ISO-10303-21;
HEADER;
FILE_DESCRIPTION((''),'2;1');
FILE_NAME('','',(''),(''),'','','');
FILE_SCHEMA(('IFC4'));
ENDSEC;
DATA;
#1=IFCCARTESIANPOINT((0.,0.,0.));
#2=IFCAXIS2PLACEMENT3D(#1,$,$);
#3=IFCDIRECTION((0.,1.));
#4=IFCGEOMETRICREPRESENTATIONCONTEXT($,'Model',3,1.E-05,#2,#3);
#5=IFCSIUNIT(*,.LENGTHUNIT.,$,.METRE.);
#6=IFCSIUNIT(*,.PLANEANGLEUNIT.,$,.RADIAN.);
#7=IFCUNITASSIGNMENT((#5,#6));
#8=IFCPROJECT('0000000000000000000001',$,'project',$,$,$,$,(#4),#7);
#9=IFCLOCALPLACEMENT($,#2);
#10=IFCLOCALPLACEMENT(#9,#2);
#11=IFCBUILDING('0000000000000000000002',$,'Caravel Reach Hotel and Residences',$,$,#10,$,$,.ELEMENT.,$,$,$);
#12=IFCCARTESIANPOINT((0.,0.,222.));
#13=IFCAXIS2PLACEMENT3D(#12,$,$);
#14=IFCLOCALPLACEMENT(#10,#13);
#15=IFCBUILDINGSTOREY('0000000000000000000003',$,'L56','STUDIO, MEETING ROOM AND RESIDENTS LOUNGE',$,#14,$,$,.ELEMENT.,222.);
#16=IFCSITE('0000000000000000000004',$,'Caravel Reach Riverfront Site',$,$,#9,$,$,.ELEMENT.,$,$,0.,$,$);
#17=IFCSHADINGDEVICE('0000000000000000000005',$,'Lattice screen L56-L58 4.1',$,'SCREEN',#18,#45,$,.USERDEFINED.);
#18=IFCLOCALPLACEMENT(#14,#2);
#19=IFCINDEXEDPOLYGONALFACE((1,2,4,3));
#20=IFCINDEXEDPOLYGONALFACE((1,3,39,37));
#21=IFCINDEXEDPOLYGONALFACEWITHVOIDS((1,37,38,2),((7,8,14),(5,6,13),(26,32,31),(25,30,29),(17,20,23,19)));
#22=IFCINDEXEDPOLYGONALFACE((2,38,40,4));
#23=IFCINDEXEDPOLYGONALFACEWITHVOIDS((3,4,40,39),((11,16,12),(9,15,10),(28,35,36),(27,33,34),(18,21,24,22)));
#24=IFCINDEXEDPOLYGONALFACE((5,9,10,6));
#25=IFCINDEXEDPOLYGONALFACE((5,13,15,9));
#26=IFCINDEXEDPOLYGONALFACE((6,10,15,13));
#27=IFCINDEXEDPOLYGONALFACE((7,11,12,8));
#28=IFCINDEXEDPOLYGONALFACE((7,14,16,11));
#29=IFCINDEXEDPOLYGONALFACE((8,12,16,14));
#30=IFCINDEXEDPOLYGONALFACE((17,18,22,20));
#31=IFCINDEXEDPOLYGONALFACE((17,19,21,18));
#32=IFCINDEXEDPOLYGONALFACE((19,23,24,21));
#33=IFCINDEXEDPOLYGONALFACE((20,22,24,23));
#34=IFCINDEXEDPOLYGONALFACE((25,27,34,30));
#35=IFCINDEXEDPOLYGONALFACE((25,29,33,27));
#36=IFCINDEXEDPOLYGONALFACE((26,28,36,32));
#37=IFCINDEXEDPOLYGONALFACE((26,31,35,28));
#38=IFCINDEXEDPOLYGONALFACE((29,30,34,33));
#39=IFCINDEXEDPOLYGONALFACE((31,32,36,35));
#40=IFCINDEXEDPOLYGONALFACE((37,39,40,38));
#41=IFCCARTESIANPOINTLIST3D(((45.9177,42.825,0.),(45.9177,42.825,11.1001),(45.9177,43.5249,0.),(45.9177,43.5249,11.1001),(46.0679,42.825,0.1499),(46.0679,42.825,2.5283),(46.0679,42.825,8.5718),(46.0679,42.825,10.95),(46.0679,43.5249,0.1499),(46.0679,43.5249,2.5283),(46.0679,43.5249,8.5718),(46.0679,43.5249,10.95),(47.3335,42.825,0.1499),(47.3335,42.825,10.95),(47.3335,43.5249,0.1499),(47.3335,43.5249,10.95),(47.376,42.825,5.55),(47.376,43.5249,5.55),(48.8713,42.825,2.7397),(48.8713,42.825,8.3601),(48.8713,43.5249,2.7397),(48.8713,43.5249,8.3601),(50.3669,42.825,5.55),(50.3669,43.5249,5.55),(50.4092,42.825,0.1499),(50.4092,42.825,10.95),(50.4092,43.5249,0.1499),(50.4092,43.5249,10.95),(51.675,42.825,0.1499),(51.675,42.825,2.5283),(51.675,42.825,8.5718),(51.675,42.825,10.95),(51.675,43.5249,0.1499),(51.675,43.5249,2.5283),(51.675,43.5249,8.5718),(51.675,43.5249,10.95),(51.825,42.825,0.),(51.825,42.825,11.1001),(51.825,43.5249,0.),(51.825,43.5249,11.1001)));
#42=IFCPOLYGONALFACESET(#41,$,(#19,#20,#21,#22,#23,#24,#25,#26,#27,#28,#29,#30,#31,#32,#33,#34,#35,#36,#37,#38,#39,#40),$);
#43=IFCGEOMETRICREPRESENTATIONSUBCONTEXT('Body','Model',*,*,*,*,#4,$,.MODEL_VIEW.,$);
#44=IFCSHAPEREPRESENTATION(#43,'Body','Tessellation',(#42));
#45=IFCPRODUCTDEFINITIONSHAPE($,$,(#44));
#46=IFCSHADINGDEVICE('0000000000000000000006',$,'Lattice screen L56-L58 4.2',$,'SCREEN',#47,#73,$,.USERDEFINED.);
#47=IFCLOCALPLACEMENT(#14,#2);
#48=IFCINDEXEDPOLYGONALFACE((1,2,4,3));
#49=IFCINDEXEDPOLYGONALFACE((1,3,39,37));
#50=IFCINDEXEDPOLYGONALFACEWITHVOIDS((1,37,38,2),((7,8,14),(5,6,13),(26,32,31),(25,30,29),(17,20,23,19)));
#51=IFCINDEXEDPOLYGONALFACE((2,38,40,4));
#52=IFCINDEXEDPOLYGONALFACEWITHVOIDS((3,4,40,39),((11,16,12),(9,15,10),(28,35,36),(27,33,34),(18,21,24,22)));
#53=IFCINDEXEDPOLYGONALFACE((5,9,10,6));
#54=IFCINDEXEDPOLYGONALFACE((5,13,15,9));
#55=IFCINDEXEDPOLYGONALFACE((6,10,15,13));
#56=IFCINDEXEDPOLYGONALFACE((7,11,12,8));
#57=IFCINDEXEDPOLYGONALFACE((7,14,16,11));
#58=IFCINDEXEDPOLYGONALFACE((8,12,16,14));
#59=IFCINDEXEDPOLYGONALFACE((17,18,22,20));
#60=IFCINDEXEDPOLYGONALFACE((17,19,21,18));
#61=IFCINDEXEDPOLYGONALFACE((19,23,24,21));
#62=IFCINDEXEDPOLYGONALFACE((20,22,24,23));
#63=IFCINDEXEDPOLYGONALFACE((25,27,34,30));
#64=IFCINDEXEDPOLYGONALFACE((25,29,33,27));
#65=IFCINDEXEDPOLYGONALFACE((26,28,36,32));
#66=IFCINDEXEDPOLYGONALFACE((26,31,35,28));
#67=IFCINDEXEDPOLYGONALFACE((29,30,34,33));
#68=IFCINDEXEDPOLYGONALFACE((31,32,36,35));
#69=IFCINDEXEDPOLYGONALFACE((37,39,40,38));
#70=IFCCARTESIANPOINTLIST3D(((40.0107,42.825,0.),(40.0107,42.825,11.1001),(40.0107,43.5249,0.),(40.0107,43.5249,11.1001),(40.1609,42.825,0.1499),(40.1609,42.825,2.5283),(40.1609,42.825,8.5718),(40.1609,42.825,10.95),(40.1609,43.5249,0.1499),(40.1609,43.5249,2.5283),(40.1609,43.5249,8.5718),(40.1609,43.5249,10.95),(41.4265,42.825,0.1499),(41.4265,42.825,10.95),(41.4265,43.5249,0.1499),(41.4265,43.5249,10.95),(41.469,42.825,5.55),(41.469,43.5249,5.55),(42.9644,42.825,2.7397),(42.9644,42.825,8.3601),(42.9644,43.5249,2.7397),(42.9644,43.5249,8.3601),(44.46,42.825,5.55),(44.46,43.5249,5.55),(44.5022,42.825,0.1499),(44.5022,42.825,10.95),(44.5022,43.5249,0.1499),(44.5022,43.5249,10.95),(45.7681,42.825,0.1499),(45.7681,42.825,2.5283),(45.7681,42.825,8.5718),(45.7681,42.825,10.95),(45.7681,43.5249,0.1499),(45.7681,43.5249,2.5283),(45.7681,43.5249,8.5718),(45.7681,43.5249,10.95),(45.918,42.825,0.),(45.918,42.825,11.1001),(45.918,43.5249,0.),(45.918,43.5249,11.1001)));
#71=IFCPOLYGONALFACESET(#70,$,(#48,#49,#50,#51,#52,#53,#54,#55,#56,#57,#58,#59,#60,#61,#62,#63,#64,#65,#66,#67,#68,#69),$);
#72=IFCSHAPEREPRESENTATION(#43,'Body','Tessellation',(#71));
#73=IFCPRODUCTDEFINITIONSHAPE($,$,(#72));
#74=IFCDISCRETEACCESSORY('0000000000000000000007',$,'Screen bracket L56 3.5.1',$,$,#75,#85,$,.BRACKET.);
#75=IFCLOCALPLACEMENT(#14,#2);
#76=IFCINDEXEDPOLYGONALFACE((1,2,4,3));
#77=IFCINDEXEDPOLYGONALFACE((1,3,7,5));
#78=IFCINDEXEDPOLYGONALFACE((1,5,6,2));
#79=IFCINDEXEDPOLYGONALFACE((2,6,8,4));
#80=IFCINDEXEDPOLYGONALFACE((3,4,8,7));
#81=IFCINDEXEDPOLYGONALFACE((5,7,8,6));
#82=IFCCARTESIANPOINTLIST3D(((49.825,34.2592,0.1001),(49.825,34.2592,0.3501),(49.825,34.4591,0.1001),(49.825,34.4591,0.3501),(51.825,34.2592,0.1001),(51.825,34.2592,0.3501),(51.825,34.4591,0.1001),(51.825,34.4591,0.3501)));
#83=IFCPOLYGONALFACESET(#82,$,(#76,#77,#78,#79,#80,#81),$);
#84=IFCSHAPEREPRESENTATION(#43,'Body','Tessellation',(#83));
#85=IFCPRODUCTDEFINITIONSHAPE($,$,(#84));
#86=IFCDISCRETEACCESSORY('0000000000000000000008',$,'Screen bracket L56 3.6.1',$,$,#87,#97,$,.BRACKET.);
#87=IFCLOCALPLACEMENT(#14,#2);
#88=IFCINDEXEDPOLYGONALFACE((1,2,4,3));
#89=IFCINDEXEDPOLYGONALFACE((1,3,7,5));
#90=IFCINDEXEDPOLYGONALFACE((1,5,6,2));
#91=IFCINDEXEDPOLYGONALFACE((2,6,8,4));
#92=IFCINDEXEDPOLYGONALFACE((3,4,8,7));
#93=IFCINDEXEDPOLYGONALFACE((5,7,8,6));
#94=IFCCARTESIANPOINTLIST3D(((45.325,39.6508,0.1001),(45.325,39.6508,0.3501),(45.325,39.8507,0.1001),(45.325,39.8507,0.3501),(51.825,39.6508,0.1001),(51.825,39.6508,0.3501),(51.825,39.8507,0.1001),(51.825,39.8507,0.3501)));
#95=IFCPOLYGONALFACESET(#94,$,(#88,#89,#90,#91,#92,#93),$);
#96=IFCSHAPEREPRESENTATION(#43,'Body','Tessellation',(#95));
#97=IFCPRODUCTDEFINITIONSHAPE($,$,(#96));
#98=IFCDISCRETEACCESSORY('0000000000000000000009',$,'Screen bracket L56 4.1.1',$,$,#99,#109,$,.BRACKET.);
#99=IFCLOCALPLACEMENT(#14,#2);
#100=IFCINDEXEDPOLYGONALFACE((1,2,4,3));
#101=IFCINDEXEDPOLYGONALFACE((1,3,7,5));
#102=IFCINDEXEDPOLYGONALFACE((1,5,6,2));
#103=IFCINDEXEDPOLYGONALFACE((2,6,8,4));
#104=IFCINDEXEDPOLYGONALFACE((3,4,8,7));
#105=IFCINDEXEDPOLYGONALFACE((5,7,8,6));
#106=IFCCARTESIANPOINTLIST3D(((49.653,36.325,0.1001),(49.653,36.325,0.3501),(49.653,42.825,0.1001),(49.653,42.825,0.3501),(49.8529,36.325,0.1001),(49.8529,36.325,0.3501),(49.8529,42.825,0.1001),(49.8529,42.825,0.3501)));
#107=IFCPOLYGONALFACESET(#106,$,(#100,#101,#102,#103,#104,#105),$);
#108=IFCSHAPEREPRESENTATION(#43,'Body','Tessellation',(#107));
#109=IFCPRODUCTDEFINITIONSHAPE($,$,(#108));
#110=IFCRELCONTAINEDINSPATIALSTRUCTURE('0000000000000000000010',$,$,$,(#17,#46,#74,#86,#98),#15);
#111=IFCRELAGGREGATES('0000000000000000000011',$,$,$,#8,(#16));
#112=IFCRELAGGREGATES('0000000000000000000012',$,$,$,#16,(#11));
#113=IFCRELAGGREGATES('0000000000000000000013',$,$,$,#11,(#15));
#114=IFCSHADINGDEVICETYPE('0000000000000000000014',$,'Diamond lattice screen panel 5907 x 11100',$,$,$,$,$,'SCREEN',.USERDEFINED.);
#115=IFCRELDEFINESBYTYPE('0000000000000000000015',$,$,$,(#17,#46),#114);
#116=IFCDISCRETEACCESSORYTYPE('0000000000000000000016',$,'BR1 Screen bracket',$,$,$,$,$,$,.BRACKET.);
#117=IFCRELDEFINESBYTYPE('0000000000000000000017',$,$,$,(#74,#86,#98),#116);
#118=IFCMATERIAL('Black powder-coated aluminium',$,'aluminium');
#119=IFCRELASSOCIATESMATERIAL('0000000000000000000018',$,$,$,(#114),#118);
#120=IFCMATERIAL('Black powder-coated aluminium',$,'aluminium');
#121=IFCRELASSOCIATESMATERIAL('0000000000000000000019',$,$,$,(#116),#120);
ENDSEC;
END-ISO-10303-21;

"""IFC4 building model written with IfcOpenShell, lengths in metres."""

from ifc_helpers import new_model, si_unit, direction, frame, origin, origin_2d, place, context, subcontext, project, spatial, polyline, rectangle, outline, extrude, material, type_object, element, save


model = new_model("IFC4")

# Units and contexts
model_context = context("Model", 3, precision=1e-05, world=origin(), true_north=direction((0.0, 1.0)))
body_context = subcontext(model_context, "Body", "Model", "MODEL_VIEW")
ifc_project = project(units=[si_unit("LENGTHUNIT", "METRE"), si_unit("PLANEANGLEUNIT", "RADIAN")], contexts=[model_context])

# Site, building, storey
site_placement = place(None, origin())
site = spatial("IfcSite", under=ifc_project, at=site_placement, Name="Caravel Reach Riverfront Site", CompositionType="ELEMENT", RefElevation=0.0)
building_placement = place(site_placement, origin())
building = spatial("IfcBuilding", under=site, at=building_placement, Name="Caravel Reach Hotel and Residences", CompositionType="ELEMENT")
storey_placement = place(building_placement, frame((0.0, 0.0, 222.0)))
storey = spatial("IfcBuildingStorey", under=building, at=storey_placement, Name="L56", Description="STUDIO, MEETING ROOM AND RESIDENTS LOUNGE", CompositionType="ELEMENT", Elevation=222.0)

# Shading devices
ifc_material_1 = material(Name="Black powder-coated aluminium", Category="aluminium")
shading_device_type_1 = type_object("IfcShadingDeviceType", Name="Diamond lattice screen panel 5907 x 11100", ElementType="SCREEN", PredefinedType="USERDEFINED", material=ifc_material_1)
for number, where, z_axis, x_axis, name in (
    (1, (51.825, 42.825, 0.0), (0.0, 1.0, 0.0), (-1.0, 0.0, 0.0), "Lattice screen L56-L58 4.1"),
    (2, (45.918, 42.825, 0.0), (0.0, 1.0, 0.0), (-1.0, 0.0, 0.0), "Lattice screen L56-L58 4.2"),
):
    element("IfcShadingDevice", number, at=place(storey_placement, frame(where, z_axis=z_axis, x_axis=x_axis)), inside=storey, type_object=shading_device_type_1, Name=name, ObjectType="SCREEN", PredefinedType="USERDEFINED", context=body_context, shape_type="SweptSolid", body=[
        extrude(outline(polyline([(0.0, 0.0), (5.9072, 0.0), (5.9072, 11.1001), (0.0, 11.1001), (0.0, 0.0)]), holes=[polyline([(1.4158, 0.1499), (0.1499, 2.5283), (0.1499, 0.1499), (1.4158, 0.1499)]), polyline([(0.1499, 8.5718), (1.4158, 10.95), (0.1499, 10.95), (0.1499, 8.5718)]), polyline([(2.9536, 8.3601), (1.458, 5.55), (2.9536, 2.7397), (4.449, 5.55), (2.9536, 8.3601)]), polyline([(5.7571, 2.5283), (4.4915, 0.1499), (5.7571, 0.1499), (5.7571, 2.5283)]), polyline([(4.4915, 10.95), (5.7571, 8.5718), (5.7571, 10.95), (4.4915, 10.95)])]), origin(), (0.0, 0.0, 1.0), 0.7),
    ])

# Discrete accessories
ifc_material_2 = material(Name="Black powder-coated aluminium", Category="aluminium")
discrete_accessory_type = type_object("IfcDiscreteAccessoryType", Name="BR1 Screen bracket", PredefinedType="BRACKET", material=ifc_material_2)
discrete_accessory_placement = place(storey_placement, frame((50.825, 34.3591, 0.1001), z_axis=(0.0, 0.0, 1.0), x_axis=(1.0, 0.0, 0.0)))
element("IfcDiscreteAccessory", 3, at=discrete_accessory_placement, inside=storey, type_object=discrete_accessory_type, Name="Screen bracket L56 3.5.1", PredefinedType="BRACKET", context=body_context, shape_type="SweptSolid", body=[
    extrude(rectangle(XDim=2.0, YDim=0.2, at=origin_2d()), origin(), (0.0, 0.0, 1.0), 0.25),
])
for number, where, z_axis, x_axis, name in (
    (4, (48.575, 39.7507, 0.1001), (0.0, 0.0, 1.0), (1.0, 0.0, 0.0), "Screen bracket L56 3.6.1"),
    (5, (49.7529, 39.575, 0.1001), (0.0, 0.0, 1.0), (0.0, 1.0, 0.0), "Screen bracket L56 4.1.1"),
):
    element("IfcDiscreteAccessory", number, at=place(storey_placement, frame(where, z_axis=z_axis, x_axis=x_axis)), inside=storey, type_object=discrete_accessory_type, Name=name, PredefinedType="BRACKET", context=body_context, shape_type="SweptSolid", body=[
        extrude(rectangle(XDim=6.5, YDim=0.2, at=origin_2d()), origin(), (0.0, 0.0, 1.0), 0.25),
    ])

save(model, "model.ifc")
